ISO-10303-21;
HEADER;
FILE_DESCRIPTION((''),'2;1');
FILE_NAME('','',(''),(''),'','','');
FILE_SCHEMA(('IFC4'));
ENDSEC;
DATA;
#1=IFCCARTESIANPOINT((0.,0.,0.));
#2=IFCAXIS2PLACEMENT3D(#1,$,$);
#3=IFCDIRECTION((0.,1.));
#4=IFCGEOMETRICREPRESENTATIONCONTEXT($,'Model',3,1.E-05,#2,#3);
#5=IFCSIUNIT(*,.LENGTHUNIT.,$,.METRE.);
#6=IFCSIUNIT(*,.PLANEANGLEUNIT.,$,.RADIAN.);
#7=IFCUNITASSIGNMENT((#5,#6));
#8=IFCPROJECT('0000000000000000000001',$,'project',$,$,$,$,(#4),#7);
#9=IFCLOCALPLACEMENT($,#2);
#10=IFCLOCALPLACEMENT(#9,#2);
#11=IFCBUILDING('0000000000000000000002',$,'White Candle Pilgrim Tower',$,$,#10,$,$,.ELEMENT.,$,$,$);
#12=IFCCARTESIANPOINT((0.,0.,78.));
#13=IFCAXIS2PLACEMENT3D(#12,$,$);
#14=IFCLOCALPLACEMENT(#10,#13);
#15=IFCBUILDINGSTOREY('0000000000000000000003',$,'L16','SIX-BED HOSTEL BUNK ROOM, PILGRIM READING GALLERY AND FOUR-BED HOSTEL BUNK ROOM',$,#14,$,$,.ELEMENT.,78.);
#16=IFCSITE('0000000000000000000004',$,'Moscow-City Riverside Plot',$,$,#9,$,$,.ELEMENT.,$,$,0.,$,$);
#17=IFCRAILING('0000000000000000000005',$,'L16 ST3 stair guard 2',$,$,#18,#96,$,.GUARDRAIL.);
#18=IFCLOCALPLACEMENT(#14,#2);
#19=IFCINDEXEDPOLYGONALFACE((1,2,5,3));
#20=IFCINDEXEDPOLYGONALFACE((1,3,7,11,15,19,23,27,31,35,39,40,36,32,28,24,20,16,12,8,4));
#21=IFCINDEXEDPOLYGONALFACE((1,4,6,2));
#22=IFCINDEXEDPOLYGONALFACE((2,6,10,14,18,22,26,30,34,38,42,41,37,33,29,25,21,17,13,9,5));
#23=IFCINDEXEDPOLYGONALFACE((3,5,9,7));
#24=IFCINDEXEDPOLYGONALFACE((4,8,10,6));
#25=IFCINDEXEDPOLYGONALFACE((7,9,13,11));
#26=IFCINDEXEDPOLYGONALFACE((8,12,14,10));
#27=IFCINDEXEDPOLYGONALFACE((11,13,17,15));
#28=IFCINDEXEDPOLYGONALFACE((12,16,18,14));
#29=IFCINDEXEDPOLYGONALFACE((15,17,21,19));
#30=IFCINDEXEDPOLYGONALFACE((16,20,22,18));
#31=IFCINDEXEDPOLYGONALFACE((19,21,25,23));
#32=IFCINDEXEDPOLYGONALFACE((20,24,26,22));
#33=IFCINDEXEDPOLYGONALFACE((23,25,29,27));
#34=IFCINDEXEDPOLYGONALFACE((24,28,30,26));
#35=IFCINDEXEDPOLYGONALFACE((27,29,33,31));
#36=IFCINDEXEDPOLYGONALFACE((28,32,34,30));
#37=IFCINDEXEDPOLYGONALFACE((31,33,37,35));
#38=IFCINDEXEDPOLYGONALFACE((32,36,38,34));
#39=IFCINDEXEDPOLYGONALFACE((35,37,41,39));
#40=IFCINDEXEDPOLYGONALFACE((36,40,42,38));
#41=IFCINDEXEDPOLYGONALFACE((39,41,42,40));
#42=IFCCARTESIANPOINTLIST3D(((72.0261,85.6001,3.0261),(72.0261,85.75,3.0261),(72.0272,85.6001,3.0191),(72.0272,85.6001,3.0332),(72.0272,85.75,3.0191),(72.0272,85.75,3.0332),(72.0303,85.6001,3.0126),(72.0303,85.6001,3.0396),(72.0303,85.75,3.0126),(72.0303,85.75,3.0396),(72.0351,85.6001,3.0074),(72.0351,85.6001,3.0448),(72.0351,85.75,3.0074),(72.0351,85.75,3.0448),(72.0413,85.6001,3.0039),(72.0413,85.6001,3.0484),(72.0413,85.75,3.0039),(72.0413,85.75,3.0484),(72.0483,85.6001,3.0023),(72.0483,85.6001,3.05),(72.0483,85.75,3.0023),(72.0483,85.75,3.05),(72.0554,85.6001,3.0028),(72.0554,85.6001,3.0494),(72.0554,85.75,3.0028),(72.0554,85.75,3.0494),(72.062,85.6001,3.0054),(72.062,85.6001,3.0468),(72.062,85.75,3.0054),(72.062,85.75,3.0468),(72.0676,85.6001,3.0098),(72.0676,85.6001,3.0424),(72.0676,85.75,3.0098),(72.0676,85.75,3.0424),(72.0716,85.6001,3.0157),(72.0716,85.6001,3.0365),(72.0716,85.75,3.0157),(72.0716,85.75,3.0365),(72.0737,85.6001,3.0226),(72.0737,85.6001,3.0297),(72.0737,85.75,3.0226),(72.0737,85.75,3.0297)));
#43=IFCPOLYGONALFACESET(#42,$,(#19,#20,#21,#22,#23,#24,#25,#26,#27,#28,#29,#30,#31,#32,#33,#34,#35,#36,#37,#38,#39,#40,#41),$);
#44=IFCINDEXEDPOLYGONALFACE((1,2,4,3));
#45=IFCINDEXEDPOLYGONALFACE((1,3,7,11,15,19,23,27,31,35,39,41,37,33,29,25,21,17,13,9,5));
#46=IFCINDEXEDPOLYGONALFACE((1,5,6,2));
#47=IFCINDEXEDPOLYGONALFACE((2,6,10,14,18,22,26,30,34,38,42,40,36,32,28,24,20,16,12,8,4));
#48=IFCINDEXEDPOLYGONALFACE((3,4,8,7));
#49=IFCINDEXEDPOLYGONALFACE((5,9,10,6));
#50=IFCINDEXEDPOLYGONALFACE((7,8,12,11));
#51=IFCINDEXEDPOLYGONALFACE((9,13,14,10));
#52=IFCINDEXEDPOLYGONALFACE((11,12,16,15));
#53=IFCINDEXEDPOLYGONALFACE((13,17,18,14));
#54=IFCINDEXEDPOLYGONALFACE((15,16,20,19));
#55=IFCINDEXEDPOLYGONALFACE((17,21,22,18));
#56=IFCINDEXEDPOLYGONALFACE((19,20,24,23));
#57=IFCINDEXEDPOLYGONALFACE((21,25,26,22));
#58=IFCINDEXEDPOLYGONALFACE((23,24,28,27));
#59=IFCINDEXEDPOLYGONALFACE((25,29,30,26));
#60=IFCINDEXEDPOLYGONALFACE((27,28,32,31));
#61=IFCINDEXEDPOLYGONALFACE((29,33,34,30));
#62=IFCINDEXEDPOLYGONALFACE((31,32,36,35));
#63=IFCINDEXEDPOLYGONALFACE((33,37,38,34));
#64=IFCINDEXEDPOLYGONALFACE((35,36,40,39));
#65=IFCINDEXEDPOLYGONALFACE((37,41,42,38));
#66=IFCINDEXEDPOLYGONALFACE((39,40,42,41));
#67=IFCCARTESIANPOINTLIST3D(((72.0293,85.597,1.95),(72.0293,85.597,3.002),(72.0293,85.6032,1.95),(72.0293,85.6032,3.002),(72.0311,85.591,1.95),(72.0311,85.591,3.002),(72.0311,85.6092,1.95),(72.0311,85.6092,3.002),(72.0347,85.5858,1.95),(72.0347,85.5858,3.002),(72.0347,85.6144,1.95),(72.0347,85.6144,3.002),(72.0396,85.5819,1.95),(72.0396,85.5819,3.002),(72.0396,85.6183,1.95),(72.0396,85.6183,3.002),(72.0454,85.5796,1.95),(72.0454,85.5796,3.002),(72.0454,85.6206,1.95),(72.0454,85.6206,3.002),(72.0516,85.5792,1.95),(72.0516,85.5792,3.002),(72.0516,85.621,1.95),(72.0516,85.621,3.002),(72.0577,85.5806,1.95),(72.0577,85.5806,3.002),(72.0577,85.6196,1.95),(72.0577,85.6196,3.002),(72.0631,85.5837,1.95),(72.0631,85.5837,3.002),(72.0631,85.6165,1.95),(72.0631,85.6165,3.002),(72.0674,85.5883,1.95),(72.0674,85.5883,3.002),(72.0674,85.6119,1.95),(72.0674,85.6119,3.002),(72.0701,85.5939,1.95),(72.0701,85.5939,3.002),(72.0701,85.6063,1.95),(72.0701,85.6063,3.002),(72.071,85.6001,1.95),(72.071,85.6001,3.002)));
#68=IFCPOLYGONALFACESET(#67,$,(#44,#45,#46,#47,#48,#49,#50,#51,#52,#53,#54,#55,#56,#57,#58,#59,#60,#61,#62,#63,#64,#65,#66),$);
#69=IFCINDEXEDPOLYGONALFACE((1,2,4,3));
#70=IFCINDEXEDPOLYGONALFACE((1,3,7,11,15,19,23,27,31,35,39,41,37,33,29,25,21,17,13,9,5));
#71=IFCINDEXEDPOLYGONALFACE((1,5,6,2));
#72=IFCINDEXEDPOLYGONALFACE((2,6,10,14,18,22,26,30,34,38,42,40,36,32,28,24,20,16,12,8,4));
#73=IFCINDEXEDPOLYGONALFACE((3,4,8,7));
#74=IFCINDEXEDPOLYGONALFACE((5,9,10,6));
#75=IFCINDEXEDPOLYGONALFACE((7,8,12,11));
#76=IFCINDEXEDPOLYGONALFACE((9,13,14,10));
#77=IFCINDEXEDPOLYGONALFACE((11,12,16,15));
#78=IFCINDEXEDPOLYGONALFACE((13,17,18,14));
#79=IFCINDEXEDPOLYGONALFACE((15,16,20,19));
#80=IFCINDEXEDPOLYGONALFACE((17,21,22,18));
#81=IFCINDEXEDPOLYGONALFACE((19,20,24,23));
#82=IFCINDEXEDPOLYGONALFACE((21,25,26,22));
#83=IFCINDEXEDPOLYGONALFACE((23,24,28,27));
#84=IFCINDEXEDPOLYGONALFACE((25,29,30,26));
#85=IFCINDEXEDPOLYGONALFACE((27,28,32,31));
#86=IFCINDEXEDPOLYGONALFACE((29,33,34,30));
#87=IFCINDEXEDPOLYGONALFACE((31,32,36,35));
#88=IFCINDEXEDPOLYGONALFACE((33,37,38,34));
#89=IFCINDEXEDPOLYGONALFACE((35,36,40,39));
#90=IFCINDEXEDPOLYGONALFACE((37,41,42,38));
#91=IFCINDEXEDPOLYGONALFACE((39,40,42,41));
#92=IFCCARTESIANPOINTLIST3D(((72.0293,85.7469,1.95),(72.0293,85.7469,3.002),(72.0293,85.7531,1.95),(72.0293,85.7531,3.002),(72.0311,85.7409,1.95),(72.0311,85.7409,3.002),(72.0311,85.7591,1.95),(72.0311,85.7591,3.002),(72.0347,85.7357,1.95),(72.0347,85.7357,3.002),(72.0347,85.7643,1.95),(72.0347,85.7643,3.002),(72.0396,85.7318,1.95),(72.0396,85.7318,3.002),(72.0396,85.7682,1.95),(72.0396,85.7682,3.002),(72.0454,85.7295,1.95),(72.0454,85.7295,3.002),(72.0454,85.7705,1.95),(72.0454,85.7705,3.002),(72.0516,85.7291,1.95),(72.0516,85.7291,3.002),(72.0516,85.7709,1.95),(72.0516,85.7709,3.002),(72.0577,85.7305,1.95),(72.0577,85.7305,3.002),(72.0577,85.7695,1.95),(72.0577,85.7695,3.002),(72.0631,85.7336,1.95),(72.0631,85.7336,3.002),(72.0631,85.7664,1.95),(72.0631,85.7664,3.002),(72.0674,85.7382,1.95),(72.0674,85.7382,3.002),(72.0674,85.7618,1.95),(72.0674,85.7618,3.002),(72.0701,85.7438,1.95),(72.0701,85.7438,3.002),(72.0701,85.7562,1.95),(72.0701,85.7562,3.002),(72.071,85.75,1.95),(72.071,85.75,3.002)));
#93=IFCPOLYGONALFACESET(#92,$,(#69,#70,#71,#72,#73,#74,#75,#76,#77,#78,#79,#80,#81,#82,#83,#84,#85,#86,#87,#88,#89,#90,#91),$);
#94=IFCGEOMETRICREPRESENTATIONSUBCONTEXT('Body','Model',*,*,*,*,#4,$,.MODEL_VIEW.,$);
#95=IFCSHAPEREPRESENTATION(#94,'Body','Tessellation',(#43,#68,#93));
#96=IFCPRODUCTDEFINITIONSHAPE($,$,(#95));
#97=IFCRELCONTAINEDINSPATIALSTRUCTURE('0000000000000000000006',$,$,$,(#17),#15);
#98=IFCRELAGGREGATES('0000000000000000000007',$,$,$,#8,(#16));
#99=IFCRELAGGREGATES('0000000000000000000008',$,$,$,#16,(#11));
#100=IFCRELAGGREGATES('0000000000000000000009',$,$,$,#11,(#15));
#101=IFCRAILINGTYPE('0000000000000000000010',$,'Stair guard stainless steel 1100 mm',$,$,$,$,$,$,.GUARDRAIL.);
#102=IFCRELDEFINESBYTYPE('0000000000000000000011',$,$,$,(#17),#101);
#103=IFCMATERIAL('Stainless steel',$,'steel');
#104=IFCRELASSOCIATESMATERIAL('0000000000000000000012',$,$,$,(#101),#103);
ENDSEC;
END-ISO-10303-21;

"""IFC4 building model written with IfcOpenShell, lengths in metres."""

from ifc_helpers import new_model, si_unit, direction, frame, origin, origin_2d, place, context, subcontext, project, spatial, circle, extrude, material, type_object, element, save


model = new_model("IFC4")

# Units and contexts
model_context = context("Model", 3, precision=1e-05, world=origin(), true_north=direction((0.0, 1.0)))
body_context = subcontext(model_context, "Body", "Model", "MODEL_VIEW")
ifc_project = project(units=[si_unit("LENGTHUNIT", "METRE"), si_unit("PLANEANGLEUNIT", "RADIAN")], contexts=[model_context])

# Site, building, storey
site_placement = place(None, origin())
site = spatial("IfcSite", under=ifc_project, at=site_placement, Name="Moscow-City Riverside Plot", CompositionType="ELEMENT", RefElevation=0.0)
building_placement = place(site_placement, origin())
building = spatial("IfcBuilding", under=site, at=building_placement, Name="White Candle Pilgrim Tower", CompositionType="ELEMENT")
storey_placement = place(building_placement, frame((0.0, 0.0, 78.0)))
storey = spatial("IfcBuildingStorey", under=building, at=storey_placement, Name="L16", Description="SIX-BED HOSTEL BUNK ROOM, PILGRIM READING GALLERY AND FOUR-BED HOSTEL BUNK ROOM", CompositionType="ELEMENT", Elevation=78.0)

# Railing
ifc_material_1 = material(Name="Stainless steel", Category="steel")
railing_type_1 = type_object("IfcRailingType", Name="Stair guard stainless steel 1100 mm", PredefinedType="GUARDRAIL", material=ifc_material_1)
railing_1_placement = place(storey_placement, frame((72.05, 85.6001, 1.95)))
element("IfcRailing", 1, at=railing_1_placement, inside=storey, type_object=railing_type_1, Name="L16 ST3 stair guard 2", PredefinedType="GUARDRAIL", context=body_context, shape_type="SweptSolid", body=[
    extrude(circle(Radius=0.0239, at=origin_2d()), frame((0.0, 0.0, 1.0762), z_axis=(0.0, 1.0, 0.0), x_axis=(-1.0, 0.0, 0.0)), (0.0, 0.0, 1.0), 0.1499),
    extrude(circle(Radius=0.021, at=origin_2d()), origin(), (0.0, 0.0, 1.0), 1.052),
    extrude(circle(Radius=0.021, at=origin_2d()), frame((0.0, 0.1499, 0.0)), (0.0, 0.0, 1.0), 1.052),
])

save(model, "model.ifc")
